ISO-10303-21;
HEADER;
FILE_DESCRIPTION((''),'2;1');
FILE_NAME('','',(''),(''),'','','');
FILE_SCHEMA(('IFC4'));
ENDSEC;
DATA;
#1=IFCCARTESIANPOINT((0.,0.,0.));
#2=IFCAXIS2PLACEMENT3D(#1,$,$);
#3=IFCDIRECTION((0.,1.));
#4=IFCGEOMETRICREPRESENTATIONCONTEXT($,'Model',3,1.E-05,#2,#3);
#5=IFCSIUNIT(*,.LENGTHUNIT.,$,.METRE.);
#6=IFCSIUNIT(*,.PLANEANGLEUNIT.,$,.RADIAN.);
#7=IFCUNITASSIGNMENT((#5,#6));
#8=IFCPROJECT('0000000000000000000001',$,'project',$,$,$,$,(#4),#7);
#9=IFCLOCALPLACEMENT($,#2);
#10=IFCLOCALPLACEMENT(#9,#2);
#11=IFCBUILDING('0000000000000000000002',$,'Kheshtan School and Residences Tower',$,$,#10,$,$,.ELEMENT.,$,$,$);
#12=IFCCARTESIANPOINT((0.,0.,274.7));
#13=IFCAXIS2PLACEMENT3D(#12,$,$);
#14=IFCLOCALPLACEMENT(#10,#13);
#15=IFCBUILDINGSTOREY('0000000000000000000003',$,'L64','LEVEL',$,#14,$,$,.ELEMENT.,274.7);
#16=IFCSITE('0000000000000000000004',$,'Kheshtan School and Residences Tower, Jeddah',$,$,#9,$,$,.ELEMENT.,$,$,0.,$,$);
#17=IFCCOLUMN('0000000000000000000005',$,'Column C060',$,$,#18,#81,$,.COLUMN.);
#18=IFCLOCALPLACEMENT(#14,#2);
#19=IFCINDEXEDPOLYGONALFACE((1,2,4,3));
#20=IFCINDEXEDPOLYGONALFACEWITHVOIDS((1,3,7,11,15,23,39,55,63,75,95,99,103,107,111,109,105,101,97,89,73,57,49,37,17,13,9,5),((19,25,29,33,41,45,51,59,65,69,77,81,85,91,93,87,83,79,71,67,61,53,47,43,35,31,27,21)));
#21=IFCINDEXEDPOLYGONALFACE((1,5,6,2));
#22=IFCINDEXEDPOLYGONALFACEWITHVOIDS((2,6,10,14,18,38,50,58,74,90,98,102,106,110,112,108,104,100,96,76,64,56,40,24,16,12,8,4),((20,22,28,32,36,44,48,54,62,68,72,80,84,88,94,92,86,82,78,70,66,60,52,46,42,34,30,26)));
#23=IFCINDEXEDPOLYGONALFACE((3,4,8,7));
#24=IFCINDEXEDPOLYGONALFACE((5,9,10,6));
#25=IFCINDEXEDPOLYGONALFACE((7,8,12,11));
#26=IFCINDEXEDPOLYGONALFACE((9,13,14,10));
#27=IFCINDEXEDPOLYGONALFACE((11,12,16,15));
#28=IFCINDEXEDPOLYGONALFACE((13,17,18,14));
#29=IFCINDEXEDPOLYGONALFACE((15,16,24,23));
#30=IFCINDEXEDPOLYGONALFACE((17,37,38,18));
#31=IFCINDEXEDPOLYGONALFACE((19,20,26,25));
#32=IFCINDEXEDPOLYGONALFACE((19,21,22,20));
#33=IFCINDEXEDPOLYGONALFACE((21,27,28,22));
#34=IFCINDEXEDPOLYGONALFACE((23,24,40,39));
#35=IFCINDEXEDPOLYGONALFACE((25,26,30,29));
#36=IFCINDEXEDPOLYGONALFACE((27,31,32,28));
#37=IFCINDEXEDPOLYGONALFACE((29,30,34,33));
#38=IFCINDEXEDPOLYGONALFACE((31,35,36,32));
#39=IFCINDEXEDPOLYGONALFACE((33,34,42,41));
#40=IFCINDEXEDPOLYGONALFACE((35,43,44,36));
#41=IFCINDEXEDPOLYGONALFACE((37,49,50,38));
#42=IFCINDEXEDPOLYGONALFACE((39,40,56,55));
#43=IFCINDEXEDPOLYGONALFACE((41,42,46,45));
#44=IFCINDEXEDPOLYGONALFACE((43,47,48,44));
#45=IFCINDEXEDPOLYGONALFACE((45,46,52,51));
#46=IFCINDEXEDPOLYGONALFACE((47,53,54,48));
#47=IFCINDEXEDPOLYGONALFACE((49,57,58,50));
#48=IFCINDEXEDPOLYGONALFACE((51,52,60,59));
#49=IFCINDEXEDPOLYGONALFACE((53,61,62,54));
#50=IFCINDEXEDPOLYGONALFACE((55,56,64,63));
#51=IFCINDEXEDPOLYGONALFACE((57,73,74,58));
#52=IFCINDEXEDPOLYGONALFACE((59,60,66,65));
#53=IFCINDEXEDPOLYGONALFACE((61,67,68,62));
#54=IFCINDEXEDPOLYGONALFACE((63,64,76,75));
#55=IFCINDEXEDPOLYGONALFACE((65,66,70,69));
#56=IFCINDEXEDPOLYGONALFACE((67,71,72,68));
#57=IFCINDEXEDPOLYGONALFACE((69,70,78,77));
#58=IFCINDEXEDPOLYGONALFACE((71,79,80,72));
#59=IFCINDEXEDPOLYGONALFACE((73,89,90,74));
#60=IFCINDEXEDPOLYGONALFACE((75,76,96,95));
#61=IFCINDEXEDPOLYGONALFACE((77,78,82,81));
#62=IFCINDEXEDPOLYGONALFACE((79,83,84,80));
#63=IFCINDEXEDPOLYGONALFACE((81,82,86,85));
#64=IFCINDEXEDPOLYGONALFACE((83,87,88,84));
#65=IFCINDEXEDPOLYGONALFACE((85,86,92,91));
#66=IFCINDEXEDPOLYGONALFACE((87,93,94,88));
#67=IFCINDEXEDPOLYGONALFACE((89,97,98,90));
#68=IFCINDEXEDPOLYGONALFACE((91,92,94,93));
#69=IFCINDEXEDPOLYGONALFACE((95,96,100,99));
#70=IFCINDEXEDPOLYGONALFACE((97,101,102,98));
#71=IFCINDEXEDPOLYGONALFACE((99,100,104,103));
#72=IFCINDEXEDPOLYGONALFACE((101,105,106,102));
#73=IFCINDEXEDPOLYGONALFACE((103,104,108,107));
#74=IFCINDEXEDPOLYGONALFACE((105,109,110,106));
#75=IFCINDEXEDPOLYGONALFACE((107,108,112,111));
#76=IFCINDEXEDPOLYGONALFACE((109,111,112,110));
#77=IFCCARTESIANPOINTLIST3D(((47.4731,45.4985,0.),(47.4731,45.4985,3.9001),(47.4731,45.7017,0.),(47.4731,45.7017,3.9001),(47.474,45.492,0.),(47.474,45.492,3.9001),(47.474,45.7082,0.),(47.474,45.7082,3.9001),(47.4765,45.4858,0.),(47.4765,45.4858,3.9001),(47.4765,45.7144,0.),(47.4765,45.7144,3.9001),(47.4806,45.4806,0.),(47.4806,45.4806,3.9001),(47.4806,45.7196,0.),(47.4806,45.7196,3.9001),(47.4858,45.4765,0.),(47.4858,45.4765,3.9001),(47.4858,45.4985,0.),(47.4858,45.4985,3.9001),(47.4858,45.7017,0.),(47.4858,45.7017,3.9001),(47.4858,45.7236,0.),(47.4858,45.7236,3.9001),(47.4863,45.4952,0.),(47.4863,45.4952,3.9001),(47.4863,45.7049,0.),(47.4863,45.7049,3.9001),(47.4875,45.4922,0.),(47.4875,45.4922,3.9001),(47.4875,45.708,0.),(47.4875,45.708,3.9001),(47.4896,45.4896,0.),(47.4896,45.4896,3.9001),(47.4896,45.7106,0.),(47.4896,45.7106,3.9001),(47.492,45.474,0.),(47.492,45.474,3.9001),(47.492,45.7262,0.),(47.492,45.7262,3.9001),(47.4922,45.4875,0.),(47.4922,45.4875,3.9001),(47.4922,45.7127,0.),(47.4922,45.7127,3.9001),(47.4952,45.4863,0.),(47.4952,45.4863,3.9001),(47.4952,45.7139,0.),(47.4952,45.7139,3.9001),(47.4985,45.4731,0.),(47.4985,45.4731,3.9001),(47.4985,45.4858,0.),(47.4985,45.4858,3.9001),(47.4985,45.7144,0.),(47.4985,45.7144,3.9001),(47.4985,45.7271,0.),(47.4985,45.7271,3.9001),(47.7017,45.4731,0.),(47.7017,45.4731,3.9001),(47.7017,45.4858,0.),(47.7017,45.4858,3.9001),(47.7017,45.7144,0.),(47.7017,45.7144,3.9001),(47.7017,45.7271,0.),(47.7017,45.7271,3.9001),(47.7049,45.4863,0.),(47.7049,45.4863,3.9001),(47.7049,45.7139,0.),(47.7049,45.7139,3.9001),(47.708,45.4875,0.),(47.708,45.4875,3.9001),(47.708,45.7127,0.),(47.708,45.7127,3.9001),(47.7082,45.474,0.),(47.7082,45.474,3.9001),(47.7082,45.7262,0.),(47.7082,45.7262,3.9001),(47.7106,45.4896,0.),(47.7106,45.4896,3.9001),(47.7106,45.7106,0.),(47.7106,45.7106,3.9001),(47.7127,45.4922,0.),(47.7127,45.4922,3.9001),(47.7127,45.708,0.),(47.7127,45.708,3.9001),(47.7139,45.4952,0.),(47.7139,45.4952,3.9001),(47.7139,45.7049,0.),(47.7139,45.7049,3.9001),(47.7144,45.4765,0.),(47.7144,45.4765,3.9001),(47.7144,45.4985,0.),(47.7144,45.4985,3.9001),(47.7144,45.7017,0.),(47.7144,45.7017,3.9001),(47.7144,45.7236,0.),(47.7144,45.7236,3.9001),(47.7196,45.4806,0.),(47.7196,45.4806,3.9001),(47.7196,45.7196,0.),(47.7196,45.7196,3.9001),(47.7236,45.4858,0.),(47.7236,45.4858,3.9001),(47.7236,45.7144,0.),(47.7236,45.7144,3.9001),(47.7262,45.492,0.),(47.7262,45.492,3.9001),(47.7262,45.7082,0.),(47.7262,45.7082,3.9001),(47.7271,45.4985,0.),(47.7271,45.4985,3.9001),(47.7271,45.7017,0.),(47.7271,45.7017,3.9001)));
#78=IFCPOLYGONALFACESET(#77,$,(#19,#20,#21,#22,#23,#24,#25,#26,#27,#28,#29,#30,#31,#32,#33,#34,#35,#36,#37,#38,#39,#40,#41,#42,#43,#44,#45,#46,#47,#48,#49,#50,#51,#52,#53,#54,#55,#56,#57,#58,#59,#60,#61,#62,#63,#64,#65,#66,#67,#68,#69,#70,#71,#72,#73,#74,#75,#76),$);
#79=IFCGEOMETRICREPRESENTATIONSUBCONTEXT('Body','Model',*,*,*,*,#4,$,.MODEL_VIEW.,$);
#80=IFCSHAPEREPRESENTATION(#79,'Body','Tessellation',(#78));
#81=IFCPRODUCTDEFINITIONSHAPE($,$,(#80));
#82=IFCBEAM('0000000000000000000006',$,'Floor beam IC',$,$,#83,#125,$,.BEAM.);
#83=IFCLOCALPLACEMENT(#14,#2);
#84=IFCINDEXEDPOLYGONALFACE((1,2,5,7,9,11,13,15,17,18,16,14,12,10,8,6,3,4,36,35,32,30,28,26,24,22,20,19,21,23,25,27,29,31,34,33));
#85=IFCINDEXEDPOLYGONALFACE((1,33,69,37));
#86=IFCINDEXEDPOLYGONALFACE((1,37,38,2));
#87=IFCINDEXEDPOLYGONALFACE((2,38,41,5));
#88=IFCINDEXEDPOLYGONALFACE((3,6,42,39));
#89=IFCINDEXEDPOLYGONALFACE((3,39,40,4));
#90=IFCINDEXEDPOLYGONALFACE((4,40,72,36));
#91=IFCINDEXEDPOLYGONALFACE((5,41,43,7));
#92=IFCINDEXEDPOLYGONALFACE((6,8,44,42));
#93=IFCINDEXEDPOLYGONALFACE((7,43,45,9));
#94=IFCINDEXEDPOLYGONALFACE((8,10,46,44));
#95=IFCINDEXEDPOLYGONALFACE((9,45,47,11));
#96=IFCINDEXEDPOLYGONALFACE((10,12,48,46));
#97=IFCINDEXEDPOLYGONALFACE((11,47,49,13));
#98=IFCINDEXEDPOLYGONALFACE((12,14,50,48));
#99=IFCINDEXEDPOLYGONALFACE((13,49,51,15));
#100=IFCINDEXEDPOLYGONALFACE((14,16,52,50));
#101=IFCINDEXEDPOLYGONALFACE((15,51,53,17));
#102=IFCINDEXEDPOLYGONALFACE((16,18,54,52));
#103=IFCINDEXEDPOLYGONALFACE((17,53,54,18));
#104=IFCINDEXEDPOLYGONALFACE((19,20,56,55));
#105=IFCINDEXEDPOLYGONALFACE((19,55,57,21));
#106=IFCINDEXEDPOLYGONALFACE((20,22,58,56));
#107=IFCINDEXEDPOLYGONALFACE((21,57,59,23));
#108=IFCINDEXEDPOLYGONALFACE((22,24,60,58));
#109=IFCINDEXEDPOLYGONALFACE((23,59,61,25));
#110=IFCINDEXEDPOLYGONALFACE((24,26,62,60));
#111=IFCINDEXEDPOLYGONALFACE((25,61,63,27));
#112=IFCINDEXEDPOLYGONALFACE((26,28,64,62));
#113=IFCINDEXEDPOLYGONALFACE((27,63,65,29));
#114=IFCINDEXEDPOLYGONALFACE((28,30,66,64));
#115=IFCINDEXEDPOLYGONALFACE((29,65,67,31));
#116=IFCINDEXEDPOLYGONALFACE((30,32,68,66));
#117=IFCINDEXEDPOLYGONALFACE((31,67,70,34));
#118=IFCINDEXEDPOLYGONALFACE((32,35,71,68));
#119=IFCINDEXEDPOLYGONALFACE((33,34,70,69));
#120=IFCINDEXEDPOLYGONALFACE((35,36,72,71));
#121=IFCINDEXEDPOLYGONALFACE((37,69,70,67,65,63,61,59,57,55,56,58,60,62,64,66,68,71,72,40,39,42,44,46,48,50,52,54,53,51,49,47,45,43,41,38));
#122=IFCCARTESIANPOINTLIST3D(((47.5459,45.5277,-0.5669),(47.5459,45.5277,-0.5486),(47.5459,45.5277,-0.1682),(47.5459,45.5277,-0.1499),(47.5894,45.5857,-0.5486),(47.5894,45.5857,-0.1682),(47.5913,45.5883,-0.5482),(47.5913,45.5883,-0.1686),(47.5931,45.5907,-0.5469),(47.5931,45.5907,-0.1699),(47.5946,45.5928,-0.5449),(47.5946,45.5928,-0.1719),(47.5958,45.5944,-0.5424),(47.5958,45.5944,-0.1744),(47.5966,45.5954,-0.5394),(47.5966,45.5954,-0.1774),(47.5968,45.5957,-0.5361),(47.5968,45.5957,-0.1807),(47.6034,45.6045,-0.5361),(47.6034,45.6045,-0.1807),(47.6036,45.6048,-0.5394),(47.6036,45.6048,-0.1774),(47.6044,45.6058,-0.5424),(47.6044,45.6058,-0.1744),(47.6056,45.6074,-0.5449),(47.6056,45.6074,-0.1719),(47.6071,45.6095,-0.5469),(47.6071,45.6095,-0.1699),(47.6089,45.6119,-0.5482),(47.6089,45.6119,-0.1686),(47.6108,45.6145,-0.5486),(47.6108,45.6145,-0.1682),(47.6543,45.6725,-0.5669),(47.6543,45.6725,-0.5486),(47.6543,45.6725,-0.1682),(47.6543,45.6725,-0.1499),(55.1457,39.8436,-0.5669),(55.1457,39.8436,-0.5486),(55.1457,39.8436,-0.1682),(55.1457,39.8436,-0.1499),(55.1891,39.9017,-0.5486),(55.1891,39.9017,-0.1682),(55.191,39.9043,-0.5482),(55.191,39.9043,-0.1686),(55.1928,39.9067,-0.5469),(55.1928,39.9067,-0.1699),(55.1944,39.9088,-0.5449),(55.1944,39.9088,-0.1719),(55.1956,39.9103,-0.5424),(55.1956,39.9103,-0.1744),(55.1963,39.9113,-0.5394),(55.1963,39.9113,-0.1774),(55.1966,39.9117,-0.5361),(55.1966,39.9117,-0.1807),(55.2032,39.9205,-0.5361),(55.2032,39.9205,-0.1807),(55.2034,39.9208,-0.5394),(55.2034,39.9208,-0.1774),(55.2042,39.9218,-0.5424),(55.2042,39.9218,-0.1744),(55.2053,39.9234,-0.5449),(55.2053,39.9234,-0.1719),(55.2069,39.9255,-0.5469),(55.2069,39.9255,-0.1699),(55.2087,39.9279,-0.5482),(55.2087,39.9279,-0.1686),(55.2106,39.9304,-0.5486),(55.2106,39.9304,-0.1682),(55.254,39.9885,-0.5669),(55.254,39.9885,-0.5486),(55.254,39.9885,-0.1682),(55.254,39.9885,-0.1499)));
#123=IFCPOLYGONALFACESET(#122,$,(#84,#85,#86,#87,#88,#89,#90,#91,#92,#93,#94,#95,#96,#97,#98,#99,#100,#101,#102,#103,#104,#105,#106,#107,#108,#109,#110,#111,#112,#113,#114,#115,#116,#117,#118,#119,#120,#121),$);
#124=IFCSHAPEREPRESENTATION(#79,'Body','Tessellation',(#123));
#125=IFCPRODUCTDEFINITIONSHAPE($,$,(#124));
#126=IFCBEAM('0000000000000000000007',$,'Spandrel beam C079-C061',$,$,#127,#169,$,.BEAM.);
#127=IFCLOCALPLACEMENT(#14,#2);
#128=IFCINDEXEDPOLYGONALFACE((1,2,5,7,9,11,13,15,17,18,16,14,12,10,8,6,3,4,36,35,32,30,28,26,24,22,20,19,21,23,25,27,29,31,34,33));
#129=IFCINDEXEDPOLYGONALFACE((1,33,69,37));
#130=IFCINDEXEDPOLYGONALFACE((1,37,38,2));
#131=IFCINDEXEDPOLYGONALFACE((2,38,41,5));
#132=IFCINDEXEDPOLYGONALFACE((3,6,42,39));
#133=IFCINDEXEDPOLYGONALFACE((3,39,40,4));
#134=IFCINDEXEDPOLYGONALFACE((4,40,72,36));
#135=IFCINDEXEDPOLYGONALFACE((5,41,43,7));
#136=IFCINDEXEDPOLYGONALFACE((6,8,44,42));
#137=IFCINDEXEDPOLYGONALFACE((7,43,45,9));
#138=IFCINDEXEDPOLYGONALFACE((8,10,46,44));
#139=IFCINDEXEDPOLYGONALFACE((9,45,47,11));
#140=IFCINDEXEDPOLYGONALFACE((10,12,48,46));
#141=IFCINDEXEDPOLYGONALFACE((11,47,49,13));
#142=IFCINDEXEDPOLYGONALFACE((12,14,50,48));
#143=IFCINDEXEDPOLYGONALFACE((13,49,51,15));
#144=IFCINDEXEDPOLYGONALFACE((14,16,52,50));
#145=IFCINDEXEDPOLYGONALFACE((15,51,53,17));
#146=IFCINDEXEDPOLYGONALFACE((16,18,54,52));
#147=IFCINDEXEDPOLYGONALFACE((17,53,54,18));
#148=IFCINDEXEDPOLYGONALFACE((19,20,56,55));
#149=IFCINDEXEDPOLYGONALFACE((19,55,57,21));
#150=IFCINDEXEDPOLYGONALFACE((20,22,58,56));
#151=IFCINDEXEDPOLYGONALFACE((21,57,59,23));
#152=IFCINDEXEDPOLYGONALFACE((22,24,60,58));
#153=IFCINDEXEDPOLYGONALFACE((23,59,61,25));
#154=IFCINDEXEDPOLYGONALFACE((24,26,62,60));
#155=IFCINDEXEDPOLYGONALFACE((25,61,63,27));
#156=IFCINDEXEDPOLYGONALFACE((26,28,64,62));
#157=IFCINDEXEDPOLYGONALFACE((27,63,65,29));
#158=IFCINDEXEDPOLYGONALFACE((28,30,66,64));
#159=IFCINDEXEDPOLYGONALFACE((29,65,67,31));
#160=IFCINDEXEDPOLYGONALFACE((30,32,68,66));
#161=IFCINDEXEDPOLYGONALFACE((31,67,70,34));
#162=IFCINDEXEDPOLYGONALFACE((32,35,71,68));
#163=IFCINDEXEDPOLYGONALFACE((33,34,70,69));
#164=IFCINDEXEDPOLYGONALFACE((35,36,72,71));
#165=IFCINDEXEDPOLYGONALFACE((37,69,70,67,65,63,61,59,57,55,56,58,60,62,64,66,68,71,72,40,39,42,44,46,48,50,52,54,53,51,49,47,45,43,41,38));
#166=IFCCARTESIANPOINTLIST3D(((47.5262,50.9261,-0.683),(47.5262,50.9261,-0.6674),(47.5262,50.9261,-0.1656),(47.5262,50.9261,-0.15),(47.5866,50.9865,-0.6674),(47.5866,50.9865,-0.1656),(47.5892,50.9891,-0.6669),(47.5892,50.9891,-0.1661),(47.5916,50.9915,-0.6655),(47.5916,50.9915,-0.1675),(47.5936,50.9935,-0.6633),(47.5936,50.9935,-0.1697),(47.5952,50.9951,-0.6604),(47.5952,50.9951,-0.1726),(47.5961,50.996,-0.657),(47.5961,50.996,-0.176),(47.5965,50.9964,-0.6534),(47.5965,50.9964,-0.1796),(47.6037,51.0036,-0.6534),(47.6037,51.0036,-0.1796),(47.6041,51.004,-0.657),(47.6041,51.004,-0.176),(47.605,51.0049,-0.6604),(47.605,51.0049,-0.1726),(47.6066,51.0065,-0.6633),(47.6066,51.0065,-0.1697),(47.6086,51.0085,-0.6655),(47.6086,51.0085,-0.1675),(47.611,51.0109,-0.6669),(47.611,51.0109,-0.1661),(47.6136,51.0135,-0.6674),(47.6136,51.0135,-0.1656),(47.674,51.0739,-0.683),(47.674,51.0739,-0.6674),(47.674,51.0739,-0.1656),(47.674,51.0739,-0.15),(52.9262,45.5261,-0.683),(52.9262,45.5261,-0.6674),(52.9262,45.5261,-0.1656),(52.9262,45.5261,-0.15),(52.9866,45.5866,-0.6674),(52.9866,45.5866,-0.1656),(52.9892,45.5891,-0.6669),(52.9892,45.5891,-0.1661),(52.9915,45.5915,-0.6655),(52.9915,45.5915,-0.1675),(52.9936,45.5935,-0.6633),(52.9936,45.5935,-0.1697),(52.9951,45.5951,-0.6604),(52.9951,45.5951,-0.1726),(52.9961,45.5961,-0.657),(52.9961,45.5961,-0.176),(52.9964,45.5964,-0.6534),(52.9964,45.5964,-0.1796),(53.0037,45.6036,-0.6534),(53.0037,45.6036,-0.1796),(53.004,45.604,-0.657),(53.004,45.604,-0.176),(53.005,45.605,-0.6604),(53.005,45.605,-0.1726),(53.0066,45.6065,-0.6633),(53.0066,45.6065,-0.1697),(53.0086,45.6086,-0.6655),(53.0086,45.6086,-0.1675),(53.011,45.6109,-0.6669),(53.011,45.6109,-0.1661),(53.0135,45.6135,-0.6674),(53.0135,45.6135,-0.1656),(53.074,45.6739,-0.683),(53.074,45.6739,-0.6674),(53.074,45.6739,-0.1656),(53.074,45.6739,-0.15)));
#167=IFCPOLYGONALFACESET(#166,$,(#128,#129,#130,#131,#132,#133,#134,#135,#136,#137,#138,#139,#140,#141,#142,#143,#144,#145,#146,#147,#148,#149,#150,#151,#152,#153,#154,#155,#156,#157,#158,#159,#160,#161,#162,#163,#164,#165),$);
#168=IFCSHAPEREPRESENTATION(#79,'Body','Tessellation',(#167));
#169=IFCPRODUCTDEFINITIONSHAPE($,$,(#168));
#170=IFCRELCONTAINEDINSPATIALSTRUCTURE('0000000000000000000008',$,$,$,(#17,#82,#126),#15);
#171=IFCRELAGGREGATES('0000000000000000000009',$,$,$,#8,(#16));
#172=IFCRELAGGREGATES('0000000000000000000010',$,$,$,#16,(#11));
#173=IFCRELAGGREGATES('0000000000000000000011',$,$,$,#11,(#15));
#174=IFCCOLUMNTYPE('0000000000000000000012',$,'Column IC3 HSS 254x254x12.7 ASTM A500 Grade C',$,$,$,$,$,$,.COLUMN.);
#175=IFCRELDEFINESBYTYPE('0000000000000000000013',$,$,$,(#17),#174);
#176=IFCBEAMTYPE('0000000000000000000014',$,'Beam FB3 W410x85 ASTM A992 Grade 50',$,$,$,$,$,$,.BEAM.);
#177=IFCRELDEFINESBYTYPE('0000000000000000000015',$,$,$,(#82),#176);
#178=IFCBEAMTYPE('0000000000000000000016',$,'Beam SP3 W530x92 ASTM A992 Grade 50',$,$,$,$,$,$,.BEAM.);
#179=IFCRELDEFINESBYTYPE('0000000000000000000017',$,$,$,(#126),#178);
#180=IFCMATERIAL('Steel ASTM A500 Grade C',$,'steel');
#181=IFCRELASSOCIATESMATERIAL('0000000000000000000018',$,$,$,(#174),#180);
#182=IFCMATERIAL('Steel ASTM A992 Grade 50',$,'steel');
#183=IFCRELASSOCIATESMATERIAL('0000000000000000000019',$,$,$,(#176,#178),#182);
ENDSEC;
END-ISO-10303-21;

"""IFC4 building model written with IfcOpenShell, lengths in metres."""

from ifc_helpers import new_model, si_unit, direction, frame, origin, origin_2d, place, context, subcontext, project, spatial, hollow_rectangle, i_section, extrude, material, material_profile, profile_set, type_object, element, save


model = new_model("IFC4")

# Units and contexts
model_context = context("Model", 3, precision=1e-05, world=origin(), true_north=direction((0.0, 1.0)))
body_context = subcontext(model_context, "Body", "Model", "MODEL_VIEW")
ifc_project = project(units=[si_unit("LENGTHUNIT", "METRE"), si_unit("PLANEANGLEUNIT", "RADIAN")], contexts=[model_context])

# Site, building, storey
site_placement = place(None, origin())
site = spatial("IfcSite", under=ifc_project, at=site_placement, Name="Kheshtan School and Residences Tower, Jeddah", CompositionType="ELEMENT", RefElevation=0.0)
building_placement = place(site_placement, origin())
building = spatial("IfcBuilding", under=site, at=building_placement, Name="Kheshtan School and Residences Tower", CompositionType="ELEMENT")
storey_placement = place(building_placement, frame((0.0, 0.0, 274.7)))
storey = spatial("IfcBuildingStorey", under=building, at=storey_placement, Name="L64", Description="LEVEL", CompositionType="ELEMENT", Elevation=274.7)

# Column
ifc_material_1 = material(Name="Steel ASTM A992 Grade 50", Category="steel")
ifc_material_2 = material(Name="Steel ASTM A500 Grade C", Category="steel")
ifc_material_profile_1 = material_profile(ifc_material_2, hollow_rectangle(XDim=0.2539, YDim=0.2539, WallThickness=0.0127, InnerFilletRadius=0.0127, OuterFilletRadius=0.0254, at=origin_2d()), Name="HSS 254x254x12.7")
ifc_profile_set_1 = profile_set([ifc_material_profile_1], Name="Steel ASTM A500 Grade C")
column_type_1 = type_object("IfcColumnType", Name="Column IC3 HSS 254x254x12.7 ASTM A500 Grade C", PredefinedType="COLUMN", material=ifc_profile_set_1)
for number, where, z_axis, x_axis, name in (
    (1, (47.6001, 45.6001, 0.0), (0.0, 0.0, 1.0), (1.0, 0.0, 0.0), "Column C060"),
):
    element("IfcColumn", number, at=place(storey_placement, frame(where, z_axis=z_axis, x_axis=x_axis)), inside=storey, type_object=column_type_1, Name=name, PredefinedType="COLUMN", context=body_context, shape_type="SweptSolid", body=[
        extrude(hollow_rectangle(XDim=0.2539, YDim=0.2539, WallThickness=0.0127, InnerFilletRadius=0.0127, OuterFilletRadius=0.0254, at=origin_2d()), origin(), (0.0, 0.0, 1.0), 3.9001),
    ])

# Beams
ifc_material_profile_2 = material_profile(ifc_material_1, i_section(OverallWidth=0.1809, OverallDepth=0.417, WebThickness=0.011, FlangeThickness=0.0183, FilletRadius=0.0125, at=origin_2d()), Name="W410x85")
ifc_profile_set_2 = profile_set([ifc_material_profile_2], Name="Steel ASTM A992 Grade 50")
beam_type_1 = type_object("IfcBeamType", Name="Beam FB3 W410x85 ASTM A992 Grade 50", PredefinedType="BEAM", material=ifc_profile_set_2)
beam_1_placement = place(storey_placement, frame((47.6001, 45.6001, -0.3584), z_axis=(0.800799, -0.598933, 0.0), x_axis=(0.598933, 0.800799, 0.0)))
element("IfcBeam", 2, at=beam_1_placement, inside=storey, type_object=beam_type_1, Name="Floor beam IC", PredefinedType="BEAM", context=body_context, shape_type="SweptSolid", body=[
    extrude(i_section(OverallWidth=0.1809, OverallDepth=0.417, WebThickness=0.011, FlangeThickness=0.0183, FilletRadius=0.0125, at=origin_2d()), origin(), (0.0, 0.0, 1.0), 9.4902),
])
ifc_material_profile_3 = material_profile(ifc_material_1, i_section(OverallWidth=0.209, OverallDepth=0.533, WebThickness=0.0103, FlangeThickness=0.0156, FilletRadius=0.0139, at=origin_2d()), Name="W530x92")
ifc_profile_set_3 = profile_set([ifc_material_profile_3], Name="Steel ASTM A992 Grade 50")
beam_type_2 = type_object("IfcBeamType", Name="Beam SP3 W530x92 ASTM A992 Grade 50", PredefinedType="BEAM", material=ifc_profile_set_3)
beam_2_placement = place(storey_placement, frame((47.6001, 51.0, -0.4165), z_axis=(0.707107, -0.707107, 0.0), x_axis=(0.707107, 0.707107, 0.0)))
element("IfcBeam", 3, at=beam_2_placement, inside=storey, type_object=beam_type_2, Name="Spandrel beam C079-C061", PredefinedType="BEAM", context=body_context, shape_type="SweptSolid", body=[
    extrude(i_section(OverallWidth=0.209, OverallDepth=0.533, WebThickness=0.0103, FlangeThickness=0.0156, FilletRadius=0.0139, at=origin_2d()), origin(), (0.0, 0.0, 1.0), 7.6367),
])

save(model, "model.ifc")
